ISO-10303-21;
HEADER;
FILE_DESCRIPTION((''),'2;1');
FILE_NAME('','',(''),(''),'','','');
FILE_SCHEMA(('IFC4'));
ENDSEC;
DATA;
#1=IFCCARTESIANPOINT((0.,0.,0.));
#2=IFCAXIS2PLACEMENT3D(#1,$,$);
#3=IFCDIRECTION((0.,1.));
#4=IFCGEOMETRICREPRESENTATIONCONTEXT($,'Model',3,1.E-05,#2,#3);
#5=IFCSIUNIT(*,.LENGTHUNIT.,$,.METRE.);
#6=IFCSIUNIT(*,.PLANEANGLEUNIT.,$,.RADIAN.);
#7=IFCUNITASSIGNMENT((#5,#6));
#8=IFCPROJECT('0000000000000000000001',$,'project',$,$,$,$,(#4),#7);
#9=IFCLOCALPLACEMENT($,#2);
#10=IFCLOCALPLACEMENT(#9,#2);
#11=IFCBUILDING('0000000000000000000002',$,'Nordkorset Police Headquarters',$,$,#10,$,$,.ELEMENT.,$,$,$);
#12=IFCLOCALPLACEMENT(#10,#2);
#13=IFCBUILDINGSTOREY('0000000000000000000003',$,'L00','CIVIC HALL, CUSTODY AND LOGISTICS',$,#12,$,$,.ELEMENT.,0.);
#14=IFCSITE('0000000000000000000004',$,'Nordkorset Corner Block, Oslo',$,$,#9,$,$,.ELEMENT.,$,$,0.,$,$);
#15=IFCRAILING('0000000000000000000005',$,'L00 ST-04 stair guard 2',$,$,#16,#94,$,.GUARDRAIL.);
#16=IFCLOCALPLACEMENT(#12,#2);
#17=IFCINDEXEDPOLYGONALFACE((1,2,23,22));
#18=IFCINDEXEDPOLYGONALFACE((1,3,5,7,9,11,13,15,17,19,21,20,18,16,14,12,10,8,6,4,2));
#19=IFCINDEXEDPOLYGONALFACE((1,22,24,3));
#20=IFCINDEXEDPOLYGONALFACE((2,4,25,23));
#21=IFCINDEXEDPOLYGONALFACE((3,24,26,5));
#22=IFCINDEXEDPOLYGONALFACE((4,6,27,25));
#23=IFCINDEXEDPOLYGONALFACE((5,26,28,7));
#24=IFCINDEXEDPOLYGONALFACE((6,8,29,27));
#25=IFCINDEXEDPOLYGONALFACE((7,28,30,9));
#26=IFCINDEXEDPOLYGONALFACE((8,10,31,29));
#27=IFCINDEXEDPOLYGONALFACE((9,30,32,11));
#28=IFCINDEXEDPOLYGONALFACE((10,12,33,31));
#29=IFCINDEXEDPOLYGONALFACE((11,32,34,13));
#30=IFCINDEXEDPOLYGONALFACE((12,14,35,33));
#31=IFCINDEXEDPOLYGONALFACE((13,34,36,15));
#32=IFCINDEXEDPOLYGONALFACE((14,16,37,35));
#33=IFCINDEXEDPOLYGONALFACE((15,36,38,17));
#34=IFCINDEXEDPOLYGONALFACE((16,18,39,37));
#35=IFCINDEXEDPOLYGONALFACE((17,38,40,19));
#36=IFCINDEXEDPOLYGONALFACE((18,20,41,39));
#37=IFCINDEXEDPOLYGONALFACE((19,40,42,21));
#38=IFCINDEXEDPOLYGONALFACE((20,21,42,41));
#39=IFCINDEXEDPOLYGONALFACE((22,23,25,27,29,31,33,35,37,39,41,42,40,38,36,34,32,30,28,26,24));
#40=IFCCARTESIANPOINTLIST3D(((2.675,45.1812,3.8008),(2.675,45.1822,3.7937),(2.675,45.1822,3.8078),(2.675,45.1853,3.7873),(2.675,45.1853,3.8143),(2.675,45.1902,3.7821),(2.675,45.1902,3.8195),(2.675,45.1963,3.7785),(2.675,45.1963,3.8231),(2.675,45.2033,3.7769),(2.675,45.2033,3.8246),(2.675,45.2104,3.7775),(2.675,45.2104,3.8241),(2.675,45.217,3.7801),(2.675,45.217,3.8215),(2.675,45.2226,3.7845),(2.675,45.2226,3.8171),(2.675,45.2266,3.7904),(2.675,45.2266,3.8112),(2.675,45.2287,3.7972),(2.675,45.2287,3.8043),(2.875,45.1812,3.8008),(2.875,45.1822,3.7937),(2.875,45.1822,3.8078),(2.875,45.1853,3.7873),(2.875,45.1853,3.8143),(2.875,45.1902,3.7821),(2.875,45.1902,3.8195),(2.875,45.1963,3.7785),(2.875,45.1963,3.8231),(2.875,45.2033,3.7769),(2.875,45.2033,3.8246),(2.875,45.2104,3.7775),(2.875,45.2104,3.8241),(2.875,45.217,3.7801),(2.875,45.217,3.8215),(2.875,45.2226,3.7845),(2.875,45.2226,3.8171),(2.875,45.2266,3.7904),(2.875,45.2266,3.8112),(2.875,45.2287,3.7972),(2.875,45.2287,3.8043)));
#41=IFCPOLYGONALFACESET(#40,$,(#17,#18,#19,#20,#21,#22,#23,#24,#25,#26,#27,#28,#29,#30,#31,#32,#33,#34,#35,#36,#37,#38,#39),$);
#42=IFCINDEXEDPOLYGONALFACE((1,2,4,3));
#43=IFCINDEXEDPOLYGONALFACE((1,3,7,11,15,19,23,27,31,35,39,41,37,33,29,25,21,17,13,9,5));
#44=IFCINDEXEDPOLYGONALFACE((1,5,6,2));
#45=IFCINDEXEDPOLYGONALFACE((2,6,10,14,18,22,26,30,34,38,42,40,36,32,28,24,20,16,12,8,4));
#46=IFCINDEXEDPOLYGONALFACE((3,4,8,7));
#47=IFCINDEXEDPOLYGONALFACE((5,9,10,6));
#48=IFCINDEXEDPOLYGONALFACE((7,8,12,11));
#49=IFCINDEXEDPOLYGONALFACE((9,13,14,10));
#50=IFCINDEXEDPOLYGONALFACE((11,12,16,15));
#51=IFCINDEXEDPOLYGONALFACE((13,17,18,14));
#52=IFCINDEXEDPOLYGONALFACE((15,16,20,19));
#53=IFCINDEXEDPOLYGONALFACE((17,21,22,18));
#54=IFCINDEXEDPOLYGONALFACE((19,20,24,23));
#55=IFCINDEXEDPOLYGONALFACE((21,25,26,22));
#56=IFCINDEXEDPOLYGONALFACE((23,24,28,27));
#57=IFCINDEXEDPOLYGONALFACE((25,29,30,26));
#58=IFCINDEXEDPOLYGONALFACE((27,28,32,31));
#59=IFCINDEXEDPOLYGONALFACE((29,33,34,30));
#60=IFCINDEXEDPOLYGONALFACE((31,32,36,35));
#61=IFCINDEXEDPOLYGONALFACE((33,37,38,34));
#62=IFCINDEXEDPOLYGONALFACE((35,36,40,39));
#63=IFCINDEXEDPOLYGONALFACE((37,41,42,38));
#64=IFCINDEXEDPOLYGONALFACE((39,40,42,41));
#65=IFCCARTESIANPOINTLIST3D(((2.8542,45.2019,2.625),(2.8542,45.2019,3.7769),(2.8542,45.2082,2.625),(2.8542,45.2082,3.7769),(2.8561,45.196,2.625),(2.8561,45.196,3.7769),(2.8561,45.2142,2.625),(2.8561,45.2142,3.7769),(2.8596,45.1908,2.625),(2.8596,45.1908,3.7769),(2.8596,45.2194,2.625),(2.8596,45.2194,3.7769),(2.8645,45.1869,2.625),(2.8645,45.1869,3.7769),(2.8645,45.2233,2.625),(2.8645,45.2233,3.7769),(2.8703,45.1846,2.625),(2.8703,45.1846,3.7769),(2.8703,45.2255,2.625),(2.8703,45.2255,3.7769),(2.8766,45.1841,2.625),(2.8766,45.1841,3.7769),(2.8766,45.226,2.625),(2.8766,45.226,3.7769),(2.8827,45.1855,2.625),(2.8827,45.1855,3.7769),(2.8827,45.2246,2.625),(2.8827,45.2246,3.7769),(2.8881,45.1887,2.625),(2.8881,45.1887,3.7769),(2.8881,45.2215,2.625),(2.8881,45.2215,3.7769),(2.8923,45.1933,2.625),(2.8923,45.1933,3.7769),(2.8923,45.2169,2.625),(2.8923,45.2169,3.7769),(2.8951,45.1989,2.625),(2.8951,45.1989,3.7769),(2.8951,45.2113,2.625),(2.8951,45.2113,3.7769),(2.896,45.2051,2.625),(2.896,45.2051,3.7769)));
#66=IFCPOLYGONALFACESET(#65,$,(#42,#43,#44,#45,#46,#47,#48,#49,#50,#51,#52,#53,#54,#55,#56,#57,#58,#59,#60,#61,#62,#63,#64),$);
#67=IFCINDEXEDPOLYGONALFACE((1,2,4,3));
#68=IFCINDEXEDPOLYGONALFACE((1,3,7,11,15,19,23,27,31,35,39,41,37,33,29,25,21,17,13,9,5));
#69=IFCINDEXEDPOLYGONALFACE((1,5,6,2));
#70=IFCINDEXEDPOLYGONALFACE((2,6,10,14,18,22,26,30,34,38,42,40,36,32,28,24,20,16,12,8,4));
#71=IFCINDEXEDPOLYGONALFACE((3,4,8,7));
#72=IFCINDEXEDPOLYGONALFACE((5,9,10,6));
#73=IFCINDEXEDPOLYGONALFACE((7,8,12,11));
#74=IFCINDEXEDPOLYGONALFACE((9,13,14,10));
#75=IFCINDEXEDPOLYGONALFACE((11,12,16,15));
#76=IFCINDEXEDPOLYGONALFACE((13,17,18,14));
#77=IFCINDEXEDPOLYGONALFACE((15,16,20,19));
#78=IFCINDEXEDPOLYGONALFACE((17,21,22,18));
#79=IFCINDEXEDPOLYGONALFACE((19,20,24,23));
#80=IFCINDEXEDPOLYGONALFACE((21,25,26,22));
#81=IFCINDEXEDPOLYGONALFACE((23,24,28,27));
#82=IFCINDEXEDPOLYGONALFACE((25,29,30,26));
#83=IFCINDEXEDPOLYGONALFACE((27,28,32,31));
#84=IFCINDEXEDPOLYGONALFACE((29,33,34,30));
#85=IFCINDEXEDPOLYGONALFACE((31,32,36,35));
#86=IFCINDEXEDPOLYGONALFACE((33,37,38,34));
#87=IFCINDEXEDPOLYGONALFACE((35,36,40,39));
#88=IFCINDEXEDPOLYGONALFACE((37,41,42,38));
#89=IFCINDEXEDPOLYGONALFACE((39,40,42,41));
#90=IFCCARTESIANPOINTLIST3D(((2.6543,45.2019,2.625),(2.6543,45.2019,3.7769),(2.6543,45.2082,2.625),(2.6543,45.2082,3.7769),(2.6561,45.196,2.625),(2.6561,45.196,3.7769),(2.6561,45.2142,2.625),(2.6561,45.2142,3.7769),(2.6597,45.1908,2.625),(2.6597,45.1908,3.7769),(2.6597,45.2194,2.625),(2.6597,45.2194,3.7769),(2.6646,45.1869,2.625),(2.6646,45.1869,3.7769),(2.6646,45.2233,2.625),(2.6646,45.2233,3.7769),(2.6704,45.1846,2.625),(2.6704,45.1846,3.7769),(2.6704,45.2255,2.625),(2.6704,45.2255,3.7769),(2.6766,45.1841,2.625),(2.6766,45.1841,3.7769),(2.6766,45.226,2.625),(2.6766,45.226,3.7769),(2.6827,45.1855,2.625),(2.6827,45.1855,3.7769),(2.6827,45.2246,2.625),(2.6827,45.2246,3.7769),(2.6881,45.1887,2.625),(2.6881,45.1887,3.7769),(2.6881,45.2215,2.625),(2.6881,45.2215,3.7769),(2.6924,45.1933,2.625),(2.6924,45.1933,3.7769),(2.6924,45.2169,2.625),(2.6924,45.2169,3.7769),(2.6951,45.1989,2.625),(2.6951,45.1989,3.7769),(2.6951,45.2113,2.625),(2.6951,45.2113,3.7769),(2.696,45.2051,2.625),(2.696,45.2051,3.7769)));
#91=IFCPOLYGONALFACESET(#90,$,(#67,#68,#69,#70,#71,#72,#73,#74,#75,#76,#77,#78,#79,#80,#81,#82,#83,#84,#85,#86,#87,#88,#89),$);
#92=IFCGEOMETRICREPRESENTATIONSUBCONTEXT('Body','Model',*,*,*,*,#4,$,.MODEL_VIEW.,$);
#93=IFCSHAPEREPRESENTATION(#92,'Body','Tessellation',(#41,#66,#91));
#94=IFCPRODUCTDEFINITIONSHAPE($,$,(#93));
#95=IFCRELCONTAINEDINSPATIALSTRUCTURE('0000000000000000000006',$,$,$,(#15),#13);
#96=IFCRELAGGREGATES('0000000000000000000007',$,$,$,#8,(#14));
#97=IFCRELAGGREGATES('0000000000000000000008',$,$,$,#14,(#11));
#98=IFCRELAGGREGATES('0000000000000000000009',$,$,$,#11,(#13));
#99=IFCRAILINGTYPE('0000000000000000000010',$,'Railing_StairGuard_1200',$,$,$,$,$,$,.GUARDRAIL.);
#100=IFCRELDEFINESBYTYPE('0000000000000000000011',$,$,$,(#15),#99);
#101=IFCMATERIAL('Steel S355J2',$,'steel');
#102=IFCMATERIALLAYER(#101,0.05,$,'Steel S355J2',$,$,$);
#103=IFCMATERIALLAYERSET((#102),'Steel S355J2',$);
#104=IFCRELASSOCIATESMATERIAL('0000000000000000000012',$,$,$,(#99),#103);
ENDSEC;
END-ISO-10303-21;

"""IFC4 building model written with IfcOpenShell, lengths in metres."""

from ifc_helpers import new_model, si_unit, direction, frame, origin, origin_2d, place, context, subcontext, project, spatial, circle, extrude, material, layer, layer_set, type_object, element, save


model = new_model("IFC4")

# Units and contexts
model_context = context("Model", 3, precision=1e-05, world=origin(), true_north=direction((0.0, 1.0)))
body_context = subcontext(model_context, "Body", "Model", "MODEL_VIEW")
ifc_project = project(units=[si_unit("LENGTHUNIT", "METRE"), si_unit("PLANEANGLEUNIT", "RADIAN")], contexts=[model_context])

# Site, building, storey
site_placement = place(None, origin())
site = spatial("IfcSite", under=ifc_project, at=site_placement, Name="Nordkorset Corner Block, Oslo", CompositionType="ELEMENT", RefElevation=0.0)
building_placement = place(site_placement, origin())
building = spatial("IfcBuilding", under=site, at=building_placement, Name="Nordkorset Police Headquarters", CompositionType="ELEMENT")
storey_placement = place(building_placement, origin())
storey = spatial("IfcBuildingStorey", under=building, at=storey_placement, Name="L00", Description="CIVIC HALL, CUSTODY AND LOGISTICS", CompositionType="ELEMENT", Elevation=0.0)

# Railing
ifc_material_1 = material(Name="Steel S355J2", Category="steel")
ifc_layer_1 = layer(ifc_material_1, 0.05, Name="Steel S355J2")
ifc_layer_set_1 = layer_set([ifc_layer_1], Name="Steel S355J2")
railing_type_1 = type_object("IfcRailingType", Name="Railing_StairGuard_1200", PredefinedType="GUARDRAIL", material=ifc_layer_set_1)
railing_1_placement = place(storey_placement, frame((2.875, 45.2051, 2.625)))
element("IfcRailing", 1, at=railing_1_placement, inside=storey, type_object=railing_type_1, Name="L00 ST-04 stair guard 2", PredefinedType="GUARDRAIL", context=body_context, shape_type="SweptSolid", body=[
    extrude(circle(Radius=0.0239, at=origin_2d()), frame((0.0, 0.0, 1.1758), z_axis=(-1.0, 0.0, 0.0), x_axis=(0.0, -1.0, 0.0)), (0.0, 0.0, 1.0), 0.2),
    extrude(circle(Radius=0.021, at=origin_2d()), origin(), (0.0, 0.0, 1.0), 1.1519),
    extrude(circle(Radius=0.021, at=origin_2d()), frame((-0.2, 0.0, 0.0)), (0.0, 0.0, 1.0), 1.1519),
])

save(model, "model.ifc")
